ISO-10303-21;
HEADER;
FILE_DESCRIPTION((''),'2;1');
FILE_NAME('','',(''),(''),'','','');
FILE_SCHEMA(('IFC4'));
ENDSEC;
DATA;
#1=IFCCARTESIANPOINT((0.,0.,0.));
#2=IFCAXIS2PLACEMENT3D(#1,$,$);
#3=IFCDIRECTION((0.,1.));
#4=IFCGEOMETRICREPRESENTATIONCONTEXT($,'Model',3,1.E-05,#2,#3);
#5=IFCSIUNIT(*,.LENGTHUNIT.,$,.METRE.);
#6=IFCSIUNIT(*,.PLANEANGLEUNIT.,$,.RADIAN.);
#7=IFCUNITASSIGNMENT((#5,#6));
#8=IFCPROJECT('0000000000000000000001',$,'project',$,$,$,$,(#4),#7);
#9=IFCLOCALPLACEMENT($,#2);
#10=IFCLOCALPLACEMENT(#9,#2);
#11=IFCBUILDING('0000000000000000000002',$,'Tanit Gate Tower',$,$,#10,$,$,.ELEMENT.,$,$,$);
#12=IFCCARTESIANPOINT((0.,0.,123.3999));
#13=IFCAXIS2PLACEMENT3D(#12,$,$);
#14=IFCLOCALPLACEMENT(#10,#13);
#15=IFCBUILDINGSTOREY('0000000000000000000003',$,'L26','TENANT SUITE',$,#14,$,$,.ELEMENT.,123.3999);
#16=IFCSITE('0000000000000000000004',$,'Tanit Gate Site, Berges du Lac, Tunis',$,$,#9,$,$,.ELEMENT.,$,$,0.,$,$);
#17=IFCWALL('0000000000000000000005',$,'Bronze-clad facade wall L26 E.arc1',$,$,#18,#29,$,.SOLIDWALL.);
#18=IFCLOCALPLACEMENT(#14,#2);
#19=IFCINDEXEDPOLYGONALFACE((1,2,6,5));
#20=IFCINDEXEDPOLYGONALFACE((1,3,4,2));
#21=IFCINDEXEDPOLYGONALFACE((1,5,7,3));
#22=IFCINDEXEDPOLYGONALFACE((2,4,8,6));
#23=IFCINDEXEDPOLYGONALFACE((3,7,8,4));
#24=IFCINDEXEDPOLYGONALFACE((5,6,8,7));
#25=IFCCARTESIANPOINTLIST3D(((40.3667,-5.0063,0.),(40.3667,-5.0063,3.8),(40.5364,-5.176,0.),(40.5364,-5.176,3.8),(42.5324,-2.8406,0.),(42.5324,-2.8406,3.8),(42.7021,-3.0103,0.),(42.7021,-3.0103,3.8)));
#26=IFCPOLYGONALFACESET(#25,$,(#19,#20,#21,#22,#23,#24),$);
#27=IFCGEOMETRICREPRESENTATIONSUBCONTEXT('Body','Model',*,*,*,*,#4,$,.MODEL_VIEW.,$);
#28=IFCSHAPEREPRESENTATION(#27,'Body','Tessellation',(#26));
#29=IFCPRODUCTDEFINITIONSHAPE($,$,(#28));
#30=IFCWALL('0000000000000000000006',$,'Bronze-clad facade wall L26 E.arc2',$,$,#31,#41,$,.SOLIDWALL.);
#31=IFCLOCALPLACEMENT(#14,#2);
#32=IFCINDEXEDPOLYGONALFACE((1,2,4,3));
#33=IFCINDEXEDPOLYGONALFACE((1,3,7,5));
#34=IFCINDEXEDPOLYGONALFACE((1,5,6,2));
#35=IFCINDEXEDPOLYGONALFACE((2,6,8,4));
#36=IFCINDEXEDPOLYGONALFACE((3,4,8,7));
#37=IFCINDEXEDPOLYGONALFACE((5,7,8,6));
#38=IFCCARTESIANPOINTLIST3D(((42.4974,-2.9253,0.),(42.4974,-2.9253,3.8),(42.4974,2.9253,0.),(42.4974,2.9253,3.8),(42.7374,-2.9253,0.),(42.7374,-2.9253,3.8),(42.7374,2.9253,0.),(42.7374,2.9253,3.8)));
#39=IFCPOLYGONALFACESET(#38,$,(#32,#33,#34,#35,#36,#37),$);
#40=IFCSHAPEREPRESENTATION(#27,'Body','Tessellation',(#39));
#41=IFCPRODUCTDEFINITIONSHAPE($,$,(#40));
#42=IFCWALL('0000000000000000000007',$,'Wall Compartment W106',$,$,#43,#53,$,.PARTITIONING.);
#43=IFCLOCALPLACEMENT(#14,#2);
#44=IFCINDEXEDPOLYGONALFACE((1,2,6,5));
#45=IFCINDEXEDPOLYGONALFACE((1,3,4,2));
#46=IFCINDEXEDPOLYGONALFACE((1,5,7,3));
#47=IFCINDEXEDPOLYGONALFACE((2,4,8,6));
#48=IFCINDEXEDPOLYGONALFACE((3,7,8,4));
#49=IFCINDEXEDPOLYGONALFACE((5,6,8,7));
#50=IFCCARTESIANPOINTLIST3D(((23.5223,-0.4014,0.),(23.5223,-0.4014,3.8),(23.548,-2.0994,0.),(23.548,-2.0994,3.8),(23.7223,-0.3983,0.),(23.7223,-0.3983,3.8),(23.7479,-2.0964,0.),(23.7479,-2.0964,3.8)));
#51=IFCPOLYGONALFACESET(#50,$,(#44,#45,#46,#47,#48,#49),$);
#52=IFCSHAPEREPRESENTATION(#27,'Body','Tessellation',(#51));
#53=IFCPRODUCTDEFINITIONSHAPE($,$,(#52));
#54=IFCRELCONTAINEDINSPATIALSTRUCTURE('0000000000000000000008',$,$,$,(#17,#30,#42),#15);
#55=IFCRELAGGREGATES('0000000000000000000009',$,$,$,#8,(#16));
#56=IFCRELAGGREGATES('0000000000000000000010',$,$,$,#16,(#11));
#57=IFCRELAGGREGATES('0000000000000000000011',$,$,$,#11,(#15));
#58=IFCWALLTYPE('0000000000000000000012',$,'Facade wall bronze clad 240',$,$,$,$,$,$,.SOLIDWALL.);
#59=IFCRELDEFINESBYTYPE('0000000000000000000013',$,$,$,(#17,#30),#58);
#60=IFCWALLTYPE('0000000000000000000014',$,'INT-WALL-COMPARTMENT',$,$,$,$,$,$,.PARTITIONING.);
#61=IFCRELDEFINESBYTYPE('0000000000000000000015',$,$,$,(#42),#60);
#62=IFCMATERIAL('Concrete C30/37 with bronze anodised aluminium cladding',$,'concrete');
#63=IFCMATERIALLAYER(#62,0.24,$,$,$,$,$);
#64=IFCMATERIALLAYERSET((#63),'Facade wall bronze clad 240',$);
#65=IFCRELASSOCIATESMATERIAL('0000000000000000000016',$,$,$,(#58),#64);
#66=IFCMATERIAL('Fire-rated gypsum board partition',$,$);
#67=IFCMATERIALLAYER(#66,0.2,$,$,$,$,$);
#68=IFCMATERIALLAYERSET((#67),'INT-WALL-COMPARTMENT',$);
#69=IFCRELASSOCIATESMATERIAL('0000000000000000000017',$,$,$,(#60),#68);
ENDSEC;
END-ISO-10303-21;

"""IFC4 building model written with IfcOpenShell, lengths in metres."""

from ifc_helpers import new_model, si_unit, direction, frame, frame_2d, origin, place, context, subcontext, project, spatial, rectangle, extrude, material, layer, layer_set, type_object, element, save


model = new_model("IFC4")

# Units and contexts
model_context = context("Model", 3, precision=1e-05, world=origin(), true_north=direction((0.0, 1.0)))
body_context = subcontext(model_context, "Body", "Model", "MODEL_VIEW")
ifc_project = project(units=[si_unit("LENGTHUNIT", "METRE"), si_unit("PLANEANGLEUNIT", "RADIAN")], contexts=[model_context])

# Site, building, storey
site_placement = place(None, origin())
site = spatial("IfcSite", under=ifc_project, at=site_placement, Name="Tanit Gate Site, Berges du Lac, Tunis", CompositionType="ELEMENT", RefElevation=0.0)
building_placement = place(site_placement, origin())
building = spatial("IfcBuilding", under=site, at=building_placement, Name="Tanit Gate Tower", CompositionType="ELEMENT")
storey_placement = place(building_placement, frame((0.0, 0.0, 123.3999)))
storey = spatial("IfcBuildingStorey", under=building, at=storey_placement, Name="L26", Description="TENANT SUITE", CompositionType="ELEMENT", Elevation=123.3999)

# Walls
ifc_material_1 = material(Name="Concrete C30/37 with bronze anodised aluminium cladding", Category="concrete")
ifc_layer_1 = layer(ifc_material_1, 0.24)
ifc_layer_set_1 = layer_set([ifc_layer_1], Name="Facade wall bronze clad 240")
wall_type_1 = type_object("IfcWallType", Name="Facade wall bronze clad 240", PredefinedType="SOLIDWALL", material=ifc_layer_set_1)
wall_1_placement = place(storey_placement, frame((40.4517, -5.0911, 0.0), z_axis=(0.0, 0.0, 1.0), x_axis=(0.707107, 0.707107, 0.0)))
element("IfcWall", 1, at=wall_1_placement, inside=storey, type_object=wall_type_1, Name="Bronze-clad facade wall L26 E.arc1", PredefinedType="SOLIDWALL", context=body_context, shape_type="SweptSolid", body=[
    extrude(rectangle(XDim=3.0627, YDim=0.24, at=frame_2d((1.5312, 0.0))), origin(), (0.0, 0.0, 1.0), 3.8),
])
wall_2_placement = place(storey_placement, frame((42.6174, -2.9253, 0.0), z_axis=(0.0, 0.0, 1.0), x_axis=(0.0, 1.0, 0.0)))
element("IfcWall", 2, at=wall_2_placement, inside=storey, type_object=wall_type_1, Name="Bronze-clad facade wall L26 E.arc2", PredefinedType="SOLIDWALL", context=body_context, shape_type="SweptSolid", body=[
    extrude(rectangle(XDim=5.8506, YDim=0.24, at=frame_2d((2.9253, 0.0))), origin(), (0.0, 0.0, 1.0), 3.8),
])
ifc_material_2 = material(Name="Fire-rated gypsum board partition")
ifc_layer_2 = layer(ifc_material_2, 0.2)
ifc_layer_set_2 = layer_set([ifc_layer_2], Name="INT-WALL-COMPARTMENT")
wall_type_2 = type_object("IfcWallType", Name="INT-WALL-COMPARTMENT", PredefinedType="PARTITIONING", material=ifc_layer_set_2)
wall_3_placement = place(storey_placement, frame((23.6479, -2.0979, 0.0), z_axis=(0.0, 0.0, 1.0), x_axis=(-0.015095, 0.999886, 0.0)))
element("IfcWall", 3, at=wall_3_placement, inside=storey, type_object=wall_type_2, Name="Wall Compartment W106", PredefinedType="PARTITIONING", context=body_context, shape_type="SweptSolid", body=[
    extrude(rectangle(XDim=1.6982, YDim=0.2, at=frame_2d((0.8491, 0.0))), origin(), (0.0, 0.0, 1.0), 3.8),
])

save(model, "model.ifc")
